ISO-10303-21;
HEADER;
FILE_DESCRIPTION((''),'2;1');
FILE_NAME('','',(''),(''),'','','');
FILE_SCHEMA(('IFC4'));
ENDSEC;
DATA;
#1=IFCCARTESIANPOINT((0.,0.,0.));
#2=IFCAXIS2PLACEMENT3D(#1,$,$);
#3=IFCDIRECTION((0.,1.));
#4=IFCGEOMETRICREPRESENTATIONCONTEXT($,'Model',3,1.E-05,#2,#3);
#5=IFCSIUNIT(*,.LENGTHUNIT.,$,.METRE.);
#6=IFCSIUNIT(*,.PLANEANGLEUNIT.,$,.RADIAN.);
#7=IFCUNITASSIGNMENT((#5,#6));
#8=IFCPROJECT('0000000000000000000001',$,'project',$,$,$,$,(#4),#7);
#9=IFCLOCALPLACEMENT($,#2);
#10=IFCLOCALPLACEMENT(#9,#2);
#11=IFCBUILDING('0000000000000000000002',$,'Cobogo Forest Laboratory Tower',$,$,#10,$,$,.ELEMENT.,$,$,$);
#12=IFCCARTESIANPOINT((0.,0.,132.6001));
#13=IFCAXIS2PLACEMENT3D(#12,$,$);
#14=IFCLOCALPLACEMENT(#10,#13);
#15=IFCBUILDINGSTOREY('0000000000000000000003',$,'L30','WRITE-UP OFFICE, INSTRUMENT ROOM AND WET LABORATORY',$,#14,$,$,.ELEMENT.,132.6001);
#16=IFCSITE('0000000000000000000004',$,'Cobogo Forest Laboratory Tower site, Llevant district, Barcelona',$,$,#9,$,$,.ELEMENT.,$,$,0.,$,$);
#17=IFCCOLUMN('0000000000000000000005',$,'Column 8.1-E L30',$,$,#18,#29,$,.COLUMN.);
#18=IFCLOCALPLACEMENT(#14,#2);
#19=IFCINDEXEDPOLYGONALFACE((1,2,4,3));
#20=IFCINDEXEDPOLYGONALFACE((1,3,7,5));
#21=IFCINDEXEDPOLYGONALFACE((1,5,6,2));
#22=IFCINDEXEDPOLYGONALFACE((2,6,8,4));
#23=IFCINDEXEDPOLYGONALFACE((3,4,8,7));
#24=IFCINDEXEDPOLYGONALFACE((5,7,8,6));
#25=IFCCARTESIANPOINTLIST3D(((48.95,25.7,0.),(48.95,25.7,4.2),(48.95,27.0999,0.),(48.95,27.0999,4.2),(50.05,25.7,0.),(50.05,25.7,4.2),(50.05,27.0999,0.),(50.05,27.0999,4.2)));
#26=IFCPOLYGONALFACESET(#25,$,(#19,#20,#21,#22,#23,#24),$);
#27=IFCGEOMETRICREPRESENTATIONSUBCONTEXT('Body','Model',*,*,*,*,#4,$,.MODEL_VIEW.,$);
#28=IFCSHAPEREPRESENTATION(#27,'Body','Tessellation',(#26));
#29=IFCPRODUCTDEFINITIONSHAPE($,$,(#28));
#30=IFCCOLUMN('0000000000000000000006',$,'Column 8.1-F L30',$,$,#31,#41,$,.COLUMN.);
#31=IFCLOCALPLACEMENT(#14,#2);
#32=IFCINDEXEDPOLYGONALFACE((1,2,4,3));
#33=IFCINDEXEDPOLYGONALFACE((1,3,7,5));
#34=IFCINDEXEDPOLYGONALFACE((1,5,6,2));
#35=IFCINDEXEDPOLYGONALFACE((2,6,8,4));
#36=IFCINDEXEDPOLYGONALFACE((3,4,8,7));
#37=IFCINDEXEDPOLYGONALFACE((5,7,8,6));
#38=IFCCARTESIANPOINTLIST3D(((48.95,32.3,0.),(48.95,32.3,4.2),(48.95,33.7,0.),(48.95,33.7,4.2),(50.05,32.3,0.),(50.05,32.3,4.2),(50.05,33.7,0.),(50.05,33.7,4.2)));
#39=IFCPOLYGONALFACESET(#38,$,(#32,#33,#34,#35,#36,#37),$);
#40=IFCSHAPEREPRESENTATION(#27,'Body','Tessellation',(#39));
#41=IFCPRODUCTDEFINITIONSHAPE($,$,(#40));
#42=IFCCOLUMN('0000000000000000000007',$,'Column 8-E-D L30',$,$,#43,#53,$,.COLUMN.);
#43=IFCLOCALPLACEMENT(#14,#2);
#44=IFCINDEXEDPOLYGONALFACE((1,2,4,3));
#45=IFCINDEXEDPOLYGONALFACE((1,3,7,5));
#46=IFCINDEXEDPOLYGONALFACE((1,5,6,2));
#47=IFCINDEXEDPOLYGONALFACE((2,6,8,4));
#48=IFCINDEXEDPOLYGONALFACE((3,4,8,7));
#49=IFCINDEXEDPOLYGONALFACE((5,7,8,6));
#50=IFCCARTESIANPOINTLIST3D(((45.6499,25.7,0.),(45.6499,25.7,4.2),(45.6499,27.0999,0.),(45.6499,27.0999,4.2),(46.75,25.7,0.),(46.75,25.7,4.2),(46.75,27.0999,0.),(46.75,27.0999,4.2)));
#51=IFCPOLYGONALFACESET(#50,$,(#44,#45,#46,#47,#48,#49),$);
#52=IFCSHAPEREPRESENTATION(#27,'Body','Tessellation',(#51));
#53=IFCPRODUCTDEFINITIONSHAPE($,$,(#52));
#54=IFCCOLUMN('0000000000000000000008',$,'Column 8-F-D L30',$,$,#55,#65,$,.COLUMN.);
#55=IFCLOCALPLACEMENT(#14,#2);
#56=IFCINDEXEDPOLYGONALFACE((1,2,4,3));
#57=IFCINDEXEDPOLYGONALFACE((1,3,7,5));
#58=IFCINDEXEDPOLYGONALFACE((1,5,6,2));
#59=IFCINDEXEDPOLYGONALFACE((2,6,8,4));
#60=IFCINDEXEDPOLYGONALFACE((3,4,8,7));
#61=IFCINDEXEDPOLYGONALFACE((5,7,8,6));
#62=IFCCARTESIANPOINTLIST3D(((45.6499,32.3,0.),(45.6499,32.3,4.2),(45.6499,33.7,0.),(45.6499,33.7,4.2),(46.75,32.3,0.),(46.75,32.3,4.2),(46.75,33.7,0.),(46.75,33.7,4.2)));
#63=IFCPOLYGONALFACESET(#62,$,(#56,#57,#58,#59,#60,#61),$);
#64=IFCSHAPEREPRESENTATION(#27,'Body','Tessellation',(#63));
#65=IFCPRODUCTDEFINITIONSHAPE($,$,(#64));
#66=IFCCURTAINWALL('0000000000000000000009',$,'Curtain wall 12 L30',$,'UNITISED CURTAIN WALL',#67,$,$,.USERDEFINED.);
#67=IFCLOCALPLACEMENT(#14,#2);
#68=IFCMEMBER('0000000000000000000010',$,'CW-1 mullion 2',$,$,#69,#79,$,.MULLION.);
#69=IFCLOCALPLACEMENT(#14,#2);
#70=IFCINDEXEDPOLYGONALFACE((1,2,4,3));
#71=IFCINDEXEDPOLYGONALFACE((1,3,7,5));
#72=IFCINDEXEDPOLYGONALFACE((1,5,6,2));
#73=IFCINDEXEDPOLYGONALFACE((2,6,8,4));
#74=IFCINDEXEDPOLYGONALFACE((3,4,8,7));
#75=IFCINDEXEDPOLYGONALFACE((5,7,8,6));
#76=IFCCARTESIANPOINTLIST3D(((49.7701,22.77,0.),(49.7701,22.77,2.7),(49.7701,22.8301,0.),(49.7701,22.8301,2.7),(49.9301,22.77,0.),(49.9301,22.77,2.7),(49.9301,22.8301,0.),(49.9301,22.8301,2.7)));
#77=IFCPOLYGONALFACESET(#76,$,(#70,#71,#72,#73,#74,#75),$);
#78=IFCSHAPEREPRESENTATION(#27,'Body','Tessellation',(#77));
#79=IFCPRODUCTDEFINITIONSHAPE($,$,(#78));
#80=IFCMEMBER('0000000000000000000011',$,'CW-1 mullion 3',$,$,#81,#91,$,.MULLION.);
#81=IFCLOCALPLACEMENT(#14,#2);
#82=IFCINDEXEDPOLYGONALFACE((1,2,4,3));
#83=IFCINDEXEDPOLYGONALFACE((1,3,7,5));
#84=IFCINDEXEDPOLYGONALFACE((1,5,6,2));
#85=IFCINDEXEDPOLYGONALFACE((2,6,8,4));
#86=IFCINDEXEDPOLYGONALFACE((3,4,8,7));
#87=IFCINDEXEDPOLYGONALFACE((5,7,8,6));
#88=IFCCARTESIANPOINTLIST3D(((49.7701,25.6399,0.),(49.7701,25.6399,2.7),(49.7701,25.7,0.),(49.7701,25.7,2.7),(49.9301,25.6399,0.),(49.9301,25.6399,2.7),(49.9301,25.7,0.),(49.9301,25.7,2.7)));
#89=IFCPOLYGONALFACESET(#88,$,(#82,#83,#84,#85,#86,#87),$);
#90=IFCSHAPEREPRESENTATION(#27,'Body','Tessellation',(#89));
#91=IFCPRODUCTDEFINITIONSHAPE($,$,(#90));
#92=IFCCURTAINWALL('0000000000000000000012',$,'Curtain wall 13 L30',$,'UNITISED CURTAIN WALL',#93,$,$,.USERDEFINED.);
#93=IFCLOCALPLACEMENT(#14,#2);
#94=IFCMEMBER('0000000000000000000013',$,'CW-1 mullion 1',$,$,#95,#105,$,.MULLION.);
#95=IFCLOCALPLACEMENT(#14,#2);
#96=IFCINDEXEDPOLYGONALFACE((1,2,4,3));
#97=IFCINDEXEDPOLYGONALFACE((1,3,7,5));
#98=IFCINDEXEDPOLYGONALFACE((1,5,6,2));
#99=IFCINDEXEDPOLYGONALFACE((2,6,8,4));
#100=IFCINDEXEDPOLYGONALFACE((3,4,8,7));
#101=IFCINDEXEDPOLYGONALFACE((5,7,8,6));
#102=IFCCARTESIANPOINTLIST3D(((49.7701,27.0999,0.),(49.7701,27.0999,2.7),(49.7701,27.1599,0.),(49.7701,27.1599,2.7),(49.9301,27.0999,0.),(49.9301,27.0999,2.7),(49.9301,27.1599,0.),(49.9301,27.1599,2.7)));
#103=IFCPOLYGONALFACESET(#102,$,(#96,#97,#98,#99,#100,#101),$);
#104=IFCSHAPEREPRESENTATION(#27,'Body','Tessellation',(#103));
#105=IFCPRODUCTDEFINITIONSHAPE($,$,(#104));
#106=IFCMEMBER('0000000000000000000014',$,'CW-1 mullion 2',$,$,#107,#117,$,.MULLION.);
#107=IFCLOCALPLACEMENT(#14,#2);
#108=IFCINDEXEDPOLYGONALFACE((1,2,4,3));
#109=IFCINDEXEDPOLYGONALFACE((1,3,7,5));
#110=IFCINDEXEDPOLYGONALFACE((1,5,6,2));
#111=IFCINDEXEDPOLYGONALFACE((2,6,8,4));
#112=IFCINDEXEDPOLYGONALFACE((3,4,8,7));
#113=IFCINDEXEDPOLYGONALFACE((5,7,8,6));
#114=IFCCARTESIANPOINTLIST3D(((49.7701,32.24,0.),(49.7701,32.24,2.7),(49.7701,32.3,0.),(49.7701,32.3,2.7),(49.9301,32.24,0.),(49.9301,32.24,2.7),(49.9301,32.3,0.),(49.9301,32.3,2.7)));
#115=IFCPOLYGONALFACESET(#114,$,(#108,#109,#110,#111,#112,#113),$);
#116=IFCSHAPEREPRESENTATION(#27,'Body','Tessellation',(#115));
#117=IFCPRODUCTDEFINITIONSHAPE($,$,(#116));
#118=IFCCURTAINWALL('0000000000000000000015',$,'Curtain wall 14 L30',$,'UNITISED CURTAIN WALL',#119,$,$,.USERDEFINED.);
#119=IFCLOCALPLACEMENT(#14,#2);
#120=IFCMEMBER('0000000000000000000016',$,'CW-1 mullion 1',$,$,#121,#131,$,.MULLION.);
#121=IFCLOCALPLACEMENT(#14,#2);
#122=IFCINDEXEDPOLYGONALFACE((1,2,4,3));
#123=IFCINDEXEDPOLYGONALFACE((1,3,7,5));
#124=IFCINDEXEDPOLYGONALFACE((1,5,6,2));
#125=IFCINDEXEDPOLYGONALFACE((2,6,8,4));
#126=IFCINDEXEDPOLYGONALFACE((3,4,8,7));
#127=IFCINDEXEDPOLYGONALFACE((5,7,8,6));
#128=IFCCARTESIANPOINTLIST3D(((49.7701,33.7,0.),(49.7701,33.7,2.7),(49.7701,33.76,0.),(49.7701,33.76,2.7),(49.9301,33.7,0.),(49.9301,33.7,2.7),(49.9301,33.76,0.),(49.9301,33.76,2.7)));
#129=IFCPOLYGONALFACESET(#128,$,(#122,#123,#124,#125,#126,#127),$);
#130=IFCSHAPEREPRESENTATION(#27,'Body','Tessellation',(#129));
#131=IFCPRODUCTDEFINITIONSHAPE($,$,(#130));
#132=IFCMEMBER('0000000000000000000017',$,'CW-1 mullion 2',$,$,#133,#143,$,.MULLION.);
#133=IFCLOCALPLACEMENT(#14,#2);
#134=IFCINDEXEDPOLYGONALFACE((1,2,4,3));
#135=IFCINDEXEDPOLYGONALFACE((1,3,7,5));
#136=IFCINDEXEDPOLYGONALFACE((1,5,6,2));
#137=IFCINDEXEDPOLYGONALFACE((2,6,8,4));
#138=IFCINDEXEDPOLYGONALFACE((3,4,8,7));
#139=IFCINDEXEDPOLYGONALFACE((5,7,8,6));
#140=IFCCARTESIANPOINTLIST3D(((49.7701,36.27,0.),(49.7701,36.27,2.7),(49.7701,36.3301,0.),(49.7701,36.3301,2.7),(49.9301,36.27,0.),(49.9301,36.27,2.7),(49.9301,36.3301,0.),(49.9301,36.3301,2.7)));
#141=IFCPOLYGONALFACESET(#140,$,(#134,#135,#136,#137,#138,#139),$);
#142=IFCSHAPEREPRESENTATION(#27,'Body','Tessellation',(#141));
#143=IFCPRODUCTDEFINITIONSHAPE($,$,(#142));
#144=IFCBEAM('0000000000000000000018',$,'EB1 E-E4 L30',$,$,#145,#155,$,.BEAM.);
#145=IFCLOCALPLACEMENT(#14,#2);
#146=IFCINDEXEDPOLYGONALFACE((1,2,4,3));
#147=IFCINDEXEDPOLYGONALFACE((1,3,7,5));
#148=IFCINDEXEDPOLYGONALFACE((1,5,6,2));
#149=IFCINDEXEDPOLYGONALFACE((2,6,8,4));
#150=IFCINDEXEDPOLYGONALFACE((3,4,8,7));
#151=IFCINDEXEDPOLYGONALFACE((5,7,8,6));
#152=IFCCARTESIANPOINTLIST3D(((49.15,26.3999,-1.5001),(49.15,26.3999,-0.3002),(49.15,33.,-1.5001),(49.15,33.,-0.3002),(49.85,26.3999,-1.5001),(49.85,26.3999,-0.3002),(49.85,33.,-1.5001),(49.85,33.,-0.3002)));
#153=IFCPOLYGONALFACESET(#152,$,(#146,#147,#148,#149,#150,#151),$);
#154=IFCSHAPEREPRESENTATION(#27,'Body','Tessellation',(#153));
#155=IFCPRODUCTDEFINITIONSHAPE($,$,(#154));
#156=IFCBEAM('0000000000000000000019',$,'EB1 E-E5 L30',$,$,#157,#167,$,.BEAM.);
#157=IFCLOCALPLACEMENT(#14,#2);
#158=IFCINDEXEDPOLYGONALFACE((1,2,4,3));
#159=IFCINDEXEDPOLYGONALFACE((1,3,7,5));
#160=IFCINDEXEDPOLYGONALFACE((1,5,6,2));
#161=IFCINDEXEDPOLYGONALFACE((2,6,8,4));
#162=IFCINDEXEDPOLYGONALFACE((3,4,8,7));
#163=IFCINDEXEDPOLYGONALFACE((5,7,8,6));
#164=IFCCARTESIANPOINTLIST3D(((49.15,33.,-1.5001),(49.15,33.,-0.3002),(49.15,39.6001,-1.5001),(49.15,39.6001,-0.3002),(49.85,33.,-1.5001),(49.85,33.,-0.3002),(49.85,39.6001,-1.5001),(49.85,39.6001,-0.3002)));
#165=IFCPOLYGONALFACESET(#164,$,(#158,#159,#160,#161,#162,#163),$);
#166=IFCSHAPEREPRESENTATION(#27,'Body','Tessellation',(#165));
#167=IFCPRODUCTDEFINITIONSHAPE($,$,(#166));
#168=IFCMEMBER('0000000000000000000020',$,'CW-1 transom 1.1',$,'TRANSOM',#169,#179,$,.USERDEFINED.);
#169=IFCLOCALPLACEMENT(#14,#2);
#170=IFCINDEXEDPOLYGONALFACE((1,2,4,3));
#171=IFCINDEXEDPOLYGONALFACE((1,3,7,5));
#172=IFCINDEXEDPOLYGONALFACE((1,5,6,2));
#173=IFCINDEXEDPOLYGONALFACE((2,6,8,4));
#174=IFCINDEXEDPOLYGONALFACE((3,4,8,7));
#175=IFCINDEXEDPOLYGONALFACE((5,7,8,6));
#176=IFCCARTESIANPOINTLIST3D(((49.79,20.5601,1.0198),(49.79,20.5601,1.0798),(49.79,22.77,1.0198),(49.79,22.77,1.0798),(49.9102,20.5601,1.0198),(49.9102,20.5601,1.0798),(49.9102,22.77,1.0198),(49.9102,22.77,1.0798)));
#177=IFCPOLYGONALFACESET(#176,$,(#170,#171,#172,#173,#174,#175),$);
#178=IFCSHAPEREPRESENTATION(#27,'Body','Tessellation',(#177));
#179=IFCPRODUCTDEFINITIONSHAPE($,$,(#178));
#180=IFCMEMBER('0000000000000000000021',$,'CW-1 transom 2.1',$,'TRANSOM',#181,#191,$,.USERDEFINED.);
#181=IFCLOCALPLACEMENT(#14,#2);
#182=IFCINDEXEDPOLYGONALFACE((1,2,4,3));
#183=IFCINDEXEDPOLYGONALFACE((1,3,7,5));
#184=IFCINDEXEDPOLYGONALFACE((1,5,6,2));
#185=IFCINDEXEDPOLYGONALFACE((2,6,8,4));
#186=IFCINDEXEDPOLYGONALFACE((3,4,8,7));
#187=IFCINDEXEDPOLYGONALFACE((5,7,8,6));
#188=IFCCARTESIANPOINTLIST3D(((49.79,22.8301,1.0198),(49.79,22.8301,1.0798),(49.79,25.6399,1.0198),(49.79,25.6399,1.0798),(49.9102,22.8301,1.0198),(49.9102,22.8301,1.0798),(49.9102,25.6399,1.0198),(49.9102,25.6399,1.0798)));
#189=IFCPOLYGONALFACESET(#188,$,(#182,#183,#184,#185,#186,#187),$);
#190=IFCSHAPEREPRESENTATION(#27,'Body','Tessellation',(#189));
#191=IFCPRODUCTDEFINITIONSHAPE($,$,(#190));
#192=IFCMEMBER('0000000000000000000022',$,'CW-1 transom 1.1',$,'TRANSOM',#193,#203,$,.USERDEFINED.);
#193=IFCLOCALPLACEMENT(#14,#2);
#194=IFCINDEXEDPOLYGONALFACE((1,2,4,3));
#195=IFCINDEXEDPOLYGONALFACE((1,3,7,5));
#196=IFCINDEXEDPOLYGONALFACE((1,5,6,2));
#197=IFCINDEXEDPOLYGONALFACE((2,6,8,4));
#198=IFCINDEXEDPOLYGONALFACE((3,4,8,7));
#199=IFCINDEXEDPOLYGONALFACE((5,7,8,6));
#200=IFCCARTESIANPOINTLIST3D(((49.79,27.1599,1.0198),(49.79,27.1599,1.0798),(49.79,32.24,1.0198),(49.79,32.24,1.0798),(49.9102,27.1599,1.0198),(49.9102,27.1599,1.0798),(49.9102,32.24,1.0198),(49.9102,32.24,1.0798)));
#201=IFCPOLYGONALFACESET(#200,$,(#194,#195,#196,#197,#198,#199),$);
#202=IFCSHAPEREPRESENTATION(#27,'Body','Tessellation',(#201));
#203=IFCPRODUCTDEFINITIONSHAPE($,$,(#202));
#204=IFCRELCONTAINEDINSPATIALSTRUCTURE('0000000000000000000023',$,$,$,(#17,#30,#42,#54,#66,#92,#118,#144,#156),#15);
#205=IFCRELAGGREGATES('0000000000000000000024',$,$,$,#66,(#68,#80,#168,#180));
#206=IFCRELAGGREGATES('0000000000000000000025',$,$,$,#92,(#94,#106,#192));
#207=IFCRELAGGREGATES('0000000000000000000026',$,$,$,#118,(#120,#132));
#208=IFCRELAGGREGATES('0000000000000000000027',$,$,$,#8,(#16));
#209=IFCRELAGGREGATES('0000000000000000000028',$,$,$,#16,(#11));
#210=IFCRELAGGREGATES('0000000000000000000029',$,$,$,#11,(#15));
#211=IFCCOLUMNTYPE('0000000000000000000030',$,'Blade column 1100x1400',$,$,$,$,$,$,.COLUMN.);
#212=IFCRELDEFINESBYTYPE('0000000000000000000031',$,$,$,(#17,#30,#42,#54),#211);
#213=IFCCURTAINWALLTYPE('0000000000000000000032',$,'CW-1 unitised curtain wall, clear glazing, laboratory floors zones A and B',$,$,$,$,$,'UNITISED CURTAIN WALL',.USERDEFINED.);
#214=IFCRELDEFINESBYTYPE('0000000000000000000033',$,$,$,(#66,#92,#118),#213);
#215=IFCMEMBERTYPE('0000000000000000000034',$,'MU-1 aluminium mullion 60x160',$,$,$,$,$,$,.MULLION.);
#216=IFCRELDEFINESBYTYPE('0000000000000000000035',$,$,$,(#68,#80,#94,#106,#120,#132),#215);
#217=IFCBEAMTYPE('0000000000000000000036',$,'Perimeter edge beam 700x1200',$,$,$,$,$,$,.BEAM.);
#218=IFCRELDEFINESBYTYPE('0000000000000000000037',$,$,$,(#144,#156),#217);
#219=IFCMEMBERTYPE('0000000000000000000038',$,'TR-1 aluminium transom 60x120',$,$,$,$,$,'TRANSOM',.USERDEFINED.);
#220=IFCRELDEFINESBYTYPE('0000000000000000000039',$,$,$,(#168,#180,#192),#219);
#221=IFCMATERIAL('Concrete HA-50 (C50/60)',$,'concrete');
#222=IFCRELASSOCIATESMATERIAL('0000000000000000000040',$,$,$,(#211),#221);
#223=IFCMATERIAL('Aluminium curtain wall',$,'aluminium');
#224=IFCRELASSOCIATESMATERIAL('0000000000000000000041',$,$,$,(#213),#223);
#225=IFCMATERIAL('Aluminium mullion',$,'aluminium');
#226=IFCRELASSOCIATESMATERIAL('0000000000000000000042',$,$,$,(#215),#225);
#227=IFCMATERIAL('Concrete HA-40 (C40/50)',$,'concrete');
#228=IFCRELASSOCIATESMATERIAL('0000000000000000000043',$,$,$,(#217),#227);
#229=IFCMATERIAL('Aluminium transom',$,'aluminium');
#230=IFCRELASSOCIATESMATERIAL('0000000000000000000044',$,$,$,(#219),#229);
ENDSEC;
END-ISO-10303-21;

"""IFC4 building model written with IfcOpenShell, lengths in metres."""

from ifc_helpers import new_model, si_unit, direction, frame, origin, origin_2d, place, context, subcontext, project, spatial, rectangle, extrude, material, material_profile, profile_set, type_object, element, aggregate, save


model = new_model("IFC4")

# Units and contexts
model_context = context("Model", 3, precision=1e-05, world=origin(), true_north=direction((0.0, 1.0)))
body_context = subcontext(model_context, "Body", "Model", "MODEL_VIEW")
ifc_project = project(units=[si_unit("LENGTHUNIT", "METRE"), si_unit("PLANEANGLEUNIT", "RADIAN")], contexts=[model_context])

# Site, building, storey
site_placement = place(None, origin())
site = spatial("IfcSite", under=ifc_project, at=site_placement, Name="Cobogo Forest Laboratory Tower site, Llevant district, Barcelona", CompositionType="ELEMENT", RefElevation=0.0)
building_placement = place(site_placement, origin())
building = spatial("IfcBuilding", under=site, at=building_placement, Name="Cobogo Forest Laboratory Tower", CompositionType="ELEMENT")
storey_placement = place(building_placement, frame((0.0, 0.0, 132.6001)))
storey = spatial("IfcBuildingStorey", under=building, at=storey_placement, Name="L30", Description="WRITE-UP OFFICE, INSTRUMENT ROOM AND WET LABORATORY", CompositionType="ELEMENT", Elevation=132.6001)

# Columns
ifc_material_1 = material(Name="Concrete HA-50 (C50/60)", Category="concrete")
ifc_material_profile_1 = material_profile(ifc_material_1, rectangle(XDim=1.3999, YDim=1.1001, at=origin_2d()), Name="RC 1100x1400")
ifc_profile_set_1 = profile_set([ifc_material_profile_1], Name="Concrete HA-50 (C50/60)")
column_type = type_object("IfcColumnType", Name="Blade column 1100x1400", PredefinedType="COLUMN", material=ifc_profile_set_1)
for number, where, z_axis, x_axis, name in (
    (1, (49.5, 26.3999, 0.0), (0.0, 0.0, 1.0), (0.0, 1.0, 0.0), "Column 8.1-E L30"),
    (2, (49.5, 33.0, 0.0), (0.0, 0.0, 1.0), (0.0, 1.0, 0.0), "Column 8.1-F L30"),
    (3, (46.2, 26.3999, 0.0), (0.0, 0.0, 1.0), (0.0, 1.0, 0.0), "Column 8-E-D L30"),
    (4, (46.2, 33.0, 0.0), (0.0, 0.0, 1.0), (0.0, 1.0, 0.0), "Column 8-F-D L30"),
):
    element("IfcColumn", number, at=place(storey_placement, frame(where, z_axis=z_axis, x_axis=x_axis)), inside=storey, type_object=column_type, Name=name, PredefinedType="COLUMN", context=body_context, shape_type="SweptSolid", body=[
        extrude(rectangle(XDim=1.3999, YDim=1.1001, at=origin_2d()), origin(), (0.0, 0.0, 1.0), 4.2),
    ])

# Curtain walls, members
ifc_material_2 = material(Name="Aluminium curtain wall", Category="aluminium")
curtain_wall_type = type_object("IfcCurtainWallType", Name="CW-1 unitised curtain wall, clear glazing, laboratory floors zones A and B", ElementType="UNITISED CURTAIN WALL", PredefinedType="USERDEFINED", material=ifc_material_2)
curtain_wall_1_placement = place(storey_placement, origin())
curtain_wall_1 = element("IfcCurtainWall", 5, at=curtain_wall_1_placement, inside=storey, type_object=curtain_wall_type, Name="Curtain wall 12 L30", ObjectType="UNITISED CURTAIN WALL", PredefinedType="USERDEFINED")
ifc_material_3 = material(Name="Aluminium mullion", Category="aluminium")
ifc_material_profile_2 = material_profile(ifc_material_3, rectangle(XDim=0.0601, YDim=0.1599, at=origin_2d()), Name="AL 60x160")
ifc_profile_set_2 = profile_set([ifc_material_profile_2], Name="Aluminium mullion")
member_type_1 = type_object("IfcMemberType", Name="MU-1 aluminium mullion 60x160", PredefinedType="MULLION", material=ifc_profile_set_2)
member_1_placement = place(storey_placement, frame((49.8501, 22.8, 0.0), z_axis=(0.0, 0.0, 1.0), x_axis=(0.0, 1.0, 0.0)))
member_1 = element("IfcMember", 6, at=member_1_placement, type_object=member_type_1, Name="CW-1 mullion 2", PredefinedType="MULLION", context=body_context, shape_type="SweptSolid", body=[
    extrude(rectangle(XDim=0.0601, YDim=0.1599, at=origin_2d()), origin(), (0.0, 0.0, 1.0), 2.7),
])
member_2_placement = place(storey_placement, frame((49.8501, 25.6699, 0.0), z_axis=(0.0, 0.0, 1.0), x_axis=(0.0, 1.0, 0.0)))
member_2 = element("IfcMember", 7, at=member_2_placement, type_object=member_type_1, Name="CW-1 mullion 3", PredefinedType="MULLION", context=body_context, shape_type="SweptSolid", body=[
    extrude(rectangle(XDim=0.0601, YDim=0.1599, at=origin_2d()), origin(), (0.0, 0.0, 1.0), 2.7),
])
curtain_wall_2_placement = place(storey_placement, origin())
curtain_wall_2 = element("IfcCurtainWall", 8, at=curtain_wall_2_placement, inside=storey, type_object=curtain_wall_type, Name="Curtain wall 13 L30", ObjectType="UNITISED CURTAIN WALL", PredefinedType="USERDEFINED")
member_3_placement = place(storey_placement, frame((49.8501, 27.1299, 0.0), z_axis=(0.0, 0.0, 1.0), x_axis=(0.0, 1.0, 0.0)))
member_3 = element("IfcMember", 9, at=member_3_placement, type_object=member_type_1, Name="CW-1 mullion 1", PredefinedType="MULLION", context=body_context, shape_type="SweptSolid", body=[
    extrude(rectangle(XDim=0.0601, YDim=0.1599, at=origin_2d()), origin(), (0.0, 0.0, 1.0), 2.7),
])
member_4_placement = place(storey_placement, frame((49.8501, 32.27, 0.0), z_axis=(0.0, 0.0, 1.0), x_axis=(0.0, 1.0, 0.0)))
member_4 = element("IfcMember", 10, at=member_4_placement, type_object=member_type_1, Name="CW-1 mullion 2", PredefinedType="MULLION", context=body_context, shape_type="SweptSolid", body=[
    extrude(rectangle(XDim=0.0601, YDim=0.1599, at=origin_2d()), origin(), (0.0, 0.0, 1.0), 2.7),
])
curtain_wall_3_placement = place(storey_placement, origin())
curtain_wall_3 = element("IfcCurtainWall", 11, at=curtain_wall_3_placement, inside=storey, type_object=curtain_wall_type, Name="Curtain wall 14 L30", ObjectType="UNITISED CURTAIN WALL", PredefinedType="USERDEFINED")
member_5_placement = place(storey_placement, frame((49.8501, 33.73, 0.0), z_axis=(0.0, 0.0, 1.0), x_axis=(0.0, 1.0, 0.0)))
member_5 = element("IfcMember", 12, at=member_5_placement, type_object=member_type_1, Name="CW-1 mullion 1", PredefinedType="MULLION", context=body_context, shape_type="SweptSolid", body=[
    extrude(rectangle(XDim=0.0601, YDim=0.1599, at=origin_2d()), origin(), (0.0, 0.0, 1.0), 2.7),
])
member_6_placement = place(storey_placement, frame((49.8501, 36.3, 0.0), z_axis=(0.0, 0.0, 1.0), x_axis=(0.0, 1.0, 0.0)))
member_6 = element("IfcMember", 13, at=member_6_placement, type_object=member_type_1, Name="CW-1 mullion 2", PredefinedType="MULLION", context=body_context, shape_type="SweptSolid", body=[
    extrude(rectangle(XDim=0.0601, YDim=0.1599, at=origin_2d()), origin(), (0.0, 0.0, 1.0), 2.7),
])

# Beams
ifc_material_4 = material(Name="Concrete HA-40 (C40/50)", Category="concrete")
ifc_material_profile_3 = material_profile(ifc_material_4, rectangle(XDim=0.7, YDim=1.2, at=origin_2d()), Name="RC 700x1200")
ifc_profile_set_3 = profile_set([ifc_material_profile_3], Name="Concrete HA-40 (C40/50)")
beam_type = type_object("IfcBeamType", Name="Perimeter edge beam 700x1200", PredefinedType="BEAM", material=ifc_profile_set_3)
for number, where, z_axis, x_axis, name in (
    (14, (49.5, 26.3999, -0.9001), (0.0, 1.0, 0.0), (-1.0, 0.0, 0.0), "EB1 E-E4 L30"),
    (15, (49.5, 33.0, -0.9001), (0.0, 1.0, 0.0), (-1.0, 0.0, 0.0), "EB1 E-E5 L30"),
):
    element("IfcBeam", number, at=place(storey_placement, frame(where, z_axis=z_axis, x_axis=x_axis)), inside=storey, type_object=beam_type, Name=name, PredefinedType="BEAM", context=body_context, shape_type="SweptSolid", body=[
        extrude(rectangle(XDim=0.7, YDim=1.2, at=origin_2d()), origin(), (0.0, 0.0, 1.0), 6.6001),
    ])

# Members
ifc_material_5 = material(Name="Aluminium transom", Category="aluminium")
ifc_material_profile_4 = material_profile(ifc_material_5, rectangle(XDim=0.1201, YDim=0.0601, at=origin_2d()), Name="AL 60x120")
ifc_profile_set_4 = profile_set([ifc_material_profile_4], Name="Aluminium transom")
member_type_2 = type_object("IfcMemberType", Name="TR-1 aluminium transom 60x120", ElementType="TRANSOM", PredefinedType="USERDEFINED", material=ifc_profile_set_4)
member_7_placement = place(storey_placement, frame((49.8501, 20.5601, 1.0498), z_axis=(0.0, 1.0, 0.0), x_axis=(-1.0, 0.0, 0.0)))
member_7 = element("IfcMember", 16, at=member_7_placement, type_object=member_type_2, Name="CW-1 transom 1.1", ObjectType="TRANSOM", PredefinedType="USERDEFINED", context=body_context, shape_type="SweptSolid", body=[
    extrude(rectangle(XDim=0.1201, YDim=0.0601, at=origin_2d()), origin(), (0.0, 0.0, 1.0), 2.21),
])
member_8_placement = place(storey_placement, frame((49.8501, 22.8301, 1.0498), z_axis=(0.0, 1.0, 0.0), x_axis=(-1.0, 0.0, 0.0)))
member_8 = element("IfcMember", 17, at=member_8_placement, type_object=member_type_2, Name="CW-1 transom 2.1", ObjectType="TRANSOM", PredefinedType="USERDEFINED", context=body_context, shape_type="SweptSolid", body=[
    extrude(rectangle(XDim=0.1201, YDim=0.0601, at=origin_2d()), origin(), (0.0, 0.0, 1.0), 2.8098),
])
member_9_placement = place(storey_placement, frame((49.8501, 27.1599, 1.0498), z_axis=(0.0, 1.0, 0.0), x_axis=(-1.0, 0.0, 0.0)))
member_9 = element("IfcMember", 18, at=member_9_placement, type_object=member_type_2, Name="CW-1 transom 1.1", ObjectType="TRANSOM", PredefinedType="USERDEFINED", context=body_context, shape_type="SweptSolid", body=[
    extrude(rectangle(XDim=0.1201, YDim=0.0601, at=origin_2d()), origin(), (0.0, 0.0, 1.0), 5.0801),
])

aggregate(curtain_wall_1, [member_1, member_2, member_7, member_8])
aggregate(curtain_wall_2, [member_3, member_4, member_9])
aggregate(curtain_wall_3, [member_5, member_6])

save(model, "model.ifc")
